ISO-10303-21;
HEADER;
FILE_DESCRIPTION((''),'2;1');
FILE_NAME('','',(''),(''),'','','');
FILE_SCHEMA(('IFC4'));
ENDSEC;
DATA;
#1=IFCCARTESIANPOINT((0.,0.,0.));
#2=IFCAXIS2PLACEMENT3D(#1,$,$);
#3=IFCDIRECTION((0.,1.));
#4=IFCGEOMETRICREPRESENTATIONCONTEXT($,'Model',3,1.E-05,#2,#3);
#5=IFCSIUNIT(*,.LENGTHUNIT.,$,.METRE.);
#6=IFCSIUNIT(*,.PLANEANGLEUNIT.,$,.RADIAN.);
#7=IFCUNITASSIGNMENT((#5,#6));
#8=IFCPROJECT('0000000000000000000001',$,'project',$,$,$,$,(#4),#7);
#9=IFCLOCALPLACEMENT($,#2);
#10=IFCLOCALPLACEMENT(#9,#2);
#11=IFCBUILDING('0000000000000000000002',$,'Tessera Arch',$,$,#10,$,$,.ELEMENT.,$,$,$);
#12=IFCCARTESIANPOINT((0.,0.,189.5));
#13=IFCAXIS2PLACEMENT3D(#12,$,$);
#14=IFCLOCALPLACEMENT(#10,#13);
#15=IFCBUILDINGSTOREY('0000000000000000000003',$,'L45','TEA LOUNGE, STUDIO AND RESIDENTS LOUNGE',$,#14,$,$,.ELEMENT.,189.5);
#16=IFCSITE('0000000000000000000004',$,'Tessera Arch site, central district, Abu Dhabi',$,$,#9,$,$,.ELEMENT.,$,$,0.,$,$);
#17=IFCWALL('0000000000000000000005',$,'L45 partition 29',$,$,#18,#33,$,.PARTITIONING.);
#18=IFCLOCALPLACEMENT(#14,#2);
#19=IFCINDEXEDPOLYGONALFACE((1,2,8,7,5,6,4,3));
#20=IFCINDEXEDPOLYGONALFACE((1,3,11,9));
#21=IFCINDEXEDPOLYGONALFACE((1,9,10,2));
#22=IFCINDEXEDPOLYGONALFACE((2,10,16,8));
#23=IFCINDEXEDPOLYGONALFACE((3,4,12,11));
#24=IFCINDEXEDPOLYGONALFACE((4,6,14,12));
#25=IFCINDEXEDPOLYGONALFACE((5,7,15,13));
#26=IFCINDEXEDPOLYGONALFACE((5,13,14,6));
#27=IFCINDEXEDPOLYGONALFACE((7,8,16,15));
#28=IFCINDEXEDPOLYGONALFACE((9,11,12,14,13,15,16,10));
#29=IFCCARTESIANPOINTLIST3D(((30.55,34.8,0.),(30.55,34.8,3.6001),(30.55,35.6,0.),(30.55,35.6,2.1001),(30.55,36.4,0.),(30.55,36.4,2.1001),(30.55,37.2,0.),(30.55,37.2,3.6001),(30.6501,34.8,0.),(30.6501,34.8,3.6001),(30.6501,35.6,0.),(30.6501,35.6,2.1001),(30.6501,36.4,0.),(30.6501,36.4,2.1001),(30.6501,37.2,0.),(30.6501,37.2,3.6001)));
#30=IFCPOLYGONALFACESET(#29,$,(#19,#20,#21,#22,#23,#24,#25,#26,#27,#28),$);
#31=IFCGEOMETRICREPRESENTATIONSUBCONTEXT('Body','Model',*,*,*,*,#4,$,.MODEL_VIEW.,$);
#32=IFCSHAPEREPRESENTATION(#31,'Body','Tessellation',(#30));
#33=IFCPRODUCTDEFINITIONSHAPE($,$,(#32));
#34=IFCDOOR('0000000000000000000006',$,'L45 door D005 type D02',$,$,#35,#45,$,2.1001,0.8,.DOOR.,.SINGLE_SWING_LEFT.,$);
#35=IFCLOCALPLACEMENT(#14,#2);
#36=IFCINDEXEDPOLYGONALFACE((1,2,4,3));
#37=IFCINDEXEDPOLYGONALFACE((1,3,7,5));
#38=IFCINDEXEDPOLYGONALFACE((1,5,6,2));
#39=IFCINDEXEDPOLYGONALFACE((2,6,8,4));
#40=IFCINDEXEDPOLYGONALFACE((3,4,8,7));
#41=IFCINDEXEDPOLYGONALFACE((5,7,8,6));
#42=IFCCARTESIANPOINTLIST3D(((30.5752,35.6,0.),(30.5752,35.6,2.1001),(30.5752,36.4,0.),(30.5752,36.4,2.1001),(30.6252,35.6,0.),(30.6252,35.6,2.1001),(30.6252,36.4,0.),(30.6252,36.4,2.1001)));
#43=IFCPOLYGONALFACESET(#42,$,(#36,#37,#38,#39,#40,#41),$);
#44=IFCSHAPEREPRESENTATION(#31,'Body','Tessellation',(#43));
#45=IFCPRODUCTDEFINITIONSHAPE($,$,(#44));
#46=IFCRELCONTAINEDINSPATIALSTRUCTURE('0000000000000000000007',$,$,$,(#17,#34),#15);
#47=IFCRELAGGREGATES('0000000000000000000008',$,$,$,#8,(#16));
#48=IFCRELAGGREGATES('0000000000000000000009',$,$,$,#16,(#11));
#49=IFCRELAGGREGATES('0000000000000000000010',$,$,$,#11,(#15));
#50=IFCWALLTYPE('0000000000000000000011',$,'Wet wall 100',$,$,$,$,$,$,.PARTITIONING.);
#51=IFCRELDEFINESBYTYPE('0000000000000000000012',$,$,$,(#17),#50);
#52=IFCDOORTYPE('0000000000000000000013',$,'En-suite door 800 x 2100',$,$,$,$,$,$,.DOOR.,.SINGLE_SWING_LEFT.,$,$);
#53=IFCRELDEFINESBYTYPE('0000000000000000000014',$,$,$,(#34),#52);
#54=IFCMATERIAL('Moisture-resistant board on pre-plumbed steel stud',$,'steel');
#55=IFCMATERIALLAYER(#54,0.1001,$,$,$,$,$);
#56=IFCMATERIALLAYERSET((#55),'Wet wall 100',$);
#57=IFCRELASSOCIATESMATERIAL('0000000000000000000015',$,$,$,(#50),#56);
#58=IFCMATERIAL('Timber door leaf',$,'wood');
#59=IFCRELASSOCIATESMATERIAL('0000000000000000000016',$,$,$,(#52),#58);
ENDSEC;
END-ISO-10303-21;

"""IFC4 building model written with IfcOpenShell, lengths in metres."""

from ifc_helpers import new_model, si_unit, direction, frame, frame_2d, origin, place, context, subcontext, project, spatial, rectangle, extrude, material, layer, layer_set, type_object, element, fill, save


model = new_model("IFC4")

# Units and contexts
model_context = context("Model", 3, precision=1e-05, world=origin(), true_north=direction((0.0, 1.0)))
body_context = subcontext(model_context, "Body", "Model", "MODEL_VIEW")
ifc_project = project(units=[si_unit("LENGTHUNIT", "METRE"), si_unit("PLANEANGLEUNIT", "RADIAN")], contexts=[model_context])

# Site, building, storey
site_placement = place(None, origin())
site = spatial("IfcSite", under=ifc_project, at=site_placement, Name="Tessera Arch site, central district, Abu Dhabi", CompositionType="ELEMENT", RefElevation=0.0)
building_placement = place(site_placement, origin())
building = spatial("IfcBuilding", under=site, at=building_placement, Name="Tessera Arch", CompositionType="ELEMENT")
storey_placement = place(building_placement, frame((0.0, 0.0, 189.5)))
storey = spatial("IfcBuildingStorey", under=building, at=storey_placement, Name="L45", Description="TEA LOUNGE, STUDIO AND RESIDENTS LOUNGE", CompositionType="ELEMENT", Elevation=189.5)

# Wall, opening, door
ifc_material_1 = material(Name="Moisture-resistant board on pre-plumbed steel stud", Category="steel")
ifc_layer_1 = layer(ifc_material_1, 0.1001)
ifc_layer_set_1 = layer_set([ifc_layer_1], Name="Wet wall 100")
wall_type_1 = type_object("IfcWallType", Name="Wet wall 100", PredefinedType="PARTITIONING", material=ifc_layer_set_1)
ifc_material_2 = material(Name="Timber door leaf", Category="wood")
door_type_1 = type_object("IfcDoorType", Name="En-suite door 800 x 2100", OperationType="SINGLE_SWING_LEFT", PredefinedType="DOOR", material=ifc_material_2)
wall_1_placement = place(storey_placement, frame((30.6001, 34.8, 0.0), z_axis=(0.0, 0.0, 1.0), x_axis=(0.0, 1.0, 0.0)))
wall_1 = element("IfcWall", 1, at=wall_1_placement, inside=storey, type_object=wall_type_1, Name="L45 partition 29", PredefinedType="PARTITIONING", context=body_context, shape_type="SweptSolid", body=[
    extrude(rectangle(XDim=2.3999, YDim=0.1001, at=frame_2d((1.2, 0.0))), origin(), (0.0, 0.0, 1.0), 3.6001),
])
opening_1_placement = place(wall_1_placement, frame((0.8, 0.0, 0.0)))
opening_1 = element("IfcOpeningElement", 2, at=opening_1_placement, cuts=wall_1, PredefinedType="OPENING", context=body_context, shape_type="SweptSolid", body=[
    extrude(rectangle(XDim=0.8, YDim=2.1001, at=frame_2d((0.3999, 1.05))), frame((0.0, 0.0601, 0.0), z_axis=(0.0, -1.0, 0.0), x_axis=(1.0, 0.0, 0.0)), (0.0, 0.0, 1.0), 0.1201),
])
door_1_placement = place(opening_1_placement, origin())
door_1 = element("IfcDoor", 3, at=door_1_placement, inside=storey, type_object=door_type_1, Name="L45 door D005 type D02", OperationType="SINGLE_SWING_LEFT", OverallHeight=2.1001, OverallWidth=0.8, PredefinedType="DOOR", context=body_context, shape_type="SweptSolid", body=[
    extrude(rectangle(XDim=0.8, YDim=2.1001, at=frame_2d((0.3999, 1.05))), frame((0.0, 0.0249, 0.0), z_axis=(0.0, -1.0, 0.0), x_axis=(1.0, 0.0, 0.0)), (0.0, 0.0, 1.0), 0.05),
])
fill(opening_1, door_1)

save(model, "model.ifc")
